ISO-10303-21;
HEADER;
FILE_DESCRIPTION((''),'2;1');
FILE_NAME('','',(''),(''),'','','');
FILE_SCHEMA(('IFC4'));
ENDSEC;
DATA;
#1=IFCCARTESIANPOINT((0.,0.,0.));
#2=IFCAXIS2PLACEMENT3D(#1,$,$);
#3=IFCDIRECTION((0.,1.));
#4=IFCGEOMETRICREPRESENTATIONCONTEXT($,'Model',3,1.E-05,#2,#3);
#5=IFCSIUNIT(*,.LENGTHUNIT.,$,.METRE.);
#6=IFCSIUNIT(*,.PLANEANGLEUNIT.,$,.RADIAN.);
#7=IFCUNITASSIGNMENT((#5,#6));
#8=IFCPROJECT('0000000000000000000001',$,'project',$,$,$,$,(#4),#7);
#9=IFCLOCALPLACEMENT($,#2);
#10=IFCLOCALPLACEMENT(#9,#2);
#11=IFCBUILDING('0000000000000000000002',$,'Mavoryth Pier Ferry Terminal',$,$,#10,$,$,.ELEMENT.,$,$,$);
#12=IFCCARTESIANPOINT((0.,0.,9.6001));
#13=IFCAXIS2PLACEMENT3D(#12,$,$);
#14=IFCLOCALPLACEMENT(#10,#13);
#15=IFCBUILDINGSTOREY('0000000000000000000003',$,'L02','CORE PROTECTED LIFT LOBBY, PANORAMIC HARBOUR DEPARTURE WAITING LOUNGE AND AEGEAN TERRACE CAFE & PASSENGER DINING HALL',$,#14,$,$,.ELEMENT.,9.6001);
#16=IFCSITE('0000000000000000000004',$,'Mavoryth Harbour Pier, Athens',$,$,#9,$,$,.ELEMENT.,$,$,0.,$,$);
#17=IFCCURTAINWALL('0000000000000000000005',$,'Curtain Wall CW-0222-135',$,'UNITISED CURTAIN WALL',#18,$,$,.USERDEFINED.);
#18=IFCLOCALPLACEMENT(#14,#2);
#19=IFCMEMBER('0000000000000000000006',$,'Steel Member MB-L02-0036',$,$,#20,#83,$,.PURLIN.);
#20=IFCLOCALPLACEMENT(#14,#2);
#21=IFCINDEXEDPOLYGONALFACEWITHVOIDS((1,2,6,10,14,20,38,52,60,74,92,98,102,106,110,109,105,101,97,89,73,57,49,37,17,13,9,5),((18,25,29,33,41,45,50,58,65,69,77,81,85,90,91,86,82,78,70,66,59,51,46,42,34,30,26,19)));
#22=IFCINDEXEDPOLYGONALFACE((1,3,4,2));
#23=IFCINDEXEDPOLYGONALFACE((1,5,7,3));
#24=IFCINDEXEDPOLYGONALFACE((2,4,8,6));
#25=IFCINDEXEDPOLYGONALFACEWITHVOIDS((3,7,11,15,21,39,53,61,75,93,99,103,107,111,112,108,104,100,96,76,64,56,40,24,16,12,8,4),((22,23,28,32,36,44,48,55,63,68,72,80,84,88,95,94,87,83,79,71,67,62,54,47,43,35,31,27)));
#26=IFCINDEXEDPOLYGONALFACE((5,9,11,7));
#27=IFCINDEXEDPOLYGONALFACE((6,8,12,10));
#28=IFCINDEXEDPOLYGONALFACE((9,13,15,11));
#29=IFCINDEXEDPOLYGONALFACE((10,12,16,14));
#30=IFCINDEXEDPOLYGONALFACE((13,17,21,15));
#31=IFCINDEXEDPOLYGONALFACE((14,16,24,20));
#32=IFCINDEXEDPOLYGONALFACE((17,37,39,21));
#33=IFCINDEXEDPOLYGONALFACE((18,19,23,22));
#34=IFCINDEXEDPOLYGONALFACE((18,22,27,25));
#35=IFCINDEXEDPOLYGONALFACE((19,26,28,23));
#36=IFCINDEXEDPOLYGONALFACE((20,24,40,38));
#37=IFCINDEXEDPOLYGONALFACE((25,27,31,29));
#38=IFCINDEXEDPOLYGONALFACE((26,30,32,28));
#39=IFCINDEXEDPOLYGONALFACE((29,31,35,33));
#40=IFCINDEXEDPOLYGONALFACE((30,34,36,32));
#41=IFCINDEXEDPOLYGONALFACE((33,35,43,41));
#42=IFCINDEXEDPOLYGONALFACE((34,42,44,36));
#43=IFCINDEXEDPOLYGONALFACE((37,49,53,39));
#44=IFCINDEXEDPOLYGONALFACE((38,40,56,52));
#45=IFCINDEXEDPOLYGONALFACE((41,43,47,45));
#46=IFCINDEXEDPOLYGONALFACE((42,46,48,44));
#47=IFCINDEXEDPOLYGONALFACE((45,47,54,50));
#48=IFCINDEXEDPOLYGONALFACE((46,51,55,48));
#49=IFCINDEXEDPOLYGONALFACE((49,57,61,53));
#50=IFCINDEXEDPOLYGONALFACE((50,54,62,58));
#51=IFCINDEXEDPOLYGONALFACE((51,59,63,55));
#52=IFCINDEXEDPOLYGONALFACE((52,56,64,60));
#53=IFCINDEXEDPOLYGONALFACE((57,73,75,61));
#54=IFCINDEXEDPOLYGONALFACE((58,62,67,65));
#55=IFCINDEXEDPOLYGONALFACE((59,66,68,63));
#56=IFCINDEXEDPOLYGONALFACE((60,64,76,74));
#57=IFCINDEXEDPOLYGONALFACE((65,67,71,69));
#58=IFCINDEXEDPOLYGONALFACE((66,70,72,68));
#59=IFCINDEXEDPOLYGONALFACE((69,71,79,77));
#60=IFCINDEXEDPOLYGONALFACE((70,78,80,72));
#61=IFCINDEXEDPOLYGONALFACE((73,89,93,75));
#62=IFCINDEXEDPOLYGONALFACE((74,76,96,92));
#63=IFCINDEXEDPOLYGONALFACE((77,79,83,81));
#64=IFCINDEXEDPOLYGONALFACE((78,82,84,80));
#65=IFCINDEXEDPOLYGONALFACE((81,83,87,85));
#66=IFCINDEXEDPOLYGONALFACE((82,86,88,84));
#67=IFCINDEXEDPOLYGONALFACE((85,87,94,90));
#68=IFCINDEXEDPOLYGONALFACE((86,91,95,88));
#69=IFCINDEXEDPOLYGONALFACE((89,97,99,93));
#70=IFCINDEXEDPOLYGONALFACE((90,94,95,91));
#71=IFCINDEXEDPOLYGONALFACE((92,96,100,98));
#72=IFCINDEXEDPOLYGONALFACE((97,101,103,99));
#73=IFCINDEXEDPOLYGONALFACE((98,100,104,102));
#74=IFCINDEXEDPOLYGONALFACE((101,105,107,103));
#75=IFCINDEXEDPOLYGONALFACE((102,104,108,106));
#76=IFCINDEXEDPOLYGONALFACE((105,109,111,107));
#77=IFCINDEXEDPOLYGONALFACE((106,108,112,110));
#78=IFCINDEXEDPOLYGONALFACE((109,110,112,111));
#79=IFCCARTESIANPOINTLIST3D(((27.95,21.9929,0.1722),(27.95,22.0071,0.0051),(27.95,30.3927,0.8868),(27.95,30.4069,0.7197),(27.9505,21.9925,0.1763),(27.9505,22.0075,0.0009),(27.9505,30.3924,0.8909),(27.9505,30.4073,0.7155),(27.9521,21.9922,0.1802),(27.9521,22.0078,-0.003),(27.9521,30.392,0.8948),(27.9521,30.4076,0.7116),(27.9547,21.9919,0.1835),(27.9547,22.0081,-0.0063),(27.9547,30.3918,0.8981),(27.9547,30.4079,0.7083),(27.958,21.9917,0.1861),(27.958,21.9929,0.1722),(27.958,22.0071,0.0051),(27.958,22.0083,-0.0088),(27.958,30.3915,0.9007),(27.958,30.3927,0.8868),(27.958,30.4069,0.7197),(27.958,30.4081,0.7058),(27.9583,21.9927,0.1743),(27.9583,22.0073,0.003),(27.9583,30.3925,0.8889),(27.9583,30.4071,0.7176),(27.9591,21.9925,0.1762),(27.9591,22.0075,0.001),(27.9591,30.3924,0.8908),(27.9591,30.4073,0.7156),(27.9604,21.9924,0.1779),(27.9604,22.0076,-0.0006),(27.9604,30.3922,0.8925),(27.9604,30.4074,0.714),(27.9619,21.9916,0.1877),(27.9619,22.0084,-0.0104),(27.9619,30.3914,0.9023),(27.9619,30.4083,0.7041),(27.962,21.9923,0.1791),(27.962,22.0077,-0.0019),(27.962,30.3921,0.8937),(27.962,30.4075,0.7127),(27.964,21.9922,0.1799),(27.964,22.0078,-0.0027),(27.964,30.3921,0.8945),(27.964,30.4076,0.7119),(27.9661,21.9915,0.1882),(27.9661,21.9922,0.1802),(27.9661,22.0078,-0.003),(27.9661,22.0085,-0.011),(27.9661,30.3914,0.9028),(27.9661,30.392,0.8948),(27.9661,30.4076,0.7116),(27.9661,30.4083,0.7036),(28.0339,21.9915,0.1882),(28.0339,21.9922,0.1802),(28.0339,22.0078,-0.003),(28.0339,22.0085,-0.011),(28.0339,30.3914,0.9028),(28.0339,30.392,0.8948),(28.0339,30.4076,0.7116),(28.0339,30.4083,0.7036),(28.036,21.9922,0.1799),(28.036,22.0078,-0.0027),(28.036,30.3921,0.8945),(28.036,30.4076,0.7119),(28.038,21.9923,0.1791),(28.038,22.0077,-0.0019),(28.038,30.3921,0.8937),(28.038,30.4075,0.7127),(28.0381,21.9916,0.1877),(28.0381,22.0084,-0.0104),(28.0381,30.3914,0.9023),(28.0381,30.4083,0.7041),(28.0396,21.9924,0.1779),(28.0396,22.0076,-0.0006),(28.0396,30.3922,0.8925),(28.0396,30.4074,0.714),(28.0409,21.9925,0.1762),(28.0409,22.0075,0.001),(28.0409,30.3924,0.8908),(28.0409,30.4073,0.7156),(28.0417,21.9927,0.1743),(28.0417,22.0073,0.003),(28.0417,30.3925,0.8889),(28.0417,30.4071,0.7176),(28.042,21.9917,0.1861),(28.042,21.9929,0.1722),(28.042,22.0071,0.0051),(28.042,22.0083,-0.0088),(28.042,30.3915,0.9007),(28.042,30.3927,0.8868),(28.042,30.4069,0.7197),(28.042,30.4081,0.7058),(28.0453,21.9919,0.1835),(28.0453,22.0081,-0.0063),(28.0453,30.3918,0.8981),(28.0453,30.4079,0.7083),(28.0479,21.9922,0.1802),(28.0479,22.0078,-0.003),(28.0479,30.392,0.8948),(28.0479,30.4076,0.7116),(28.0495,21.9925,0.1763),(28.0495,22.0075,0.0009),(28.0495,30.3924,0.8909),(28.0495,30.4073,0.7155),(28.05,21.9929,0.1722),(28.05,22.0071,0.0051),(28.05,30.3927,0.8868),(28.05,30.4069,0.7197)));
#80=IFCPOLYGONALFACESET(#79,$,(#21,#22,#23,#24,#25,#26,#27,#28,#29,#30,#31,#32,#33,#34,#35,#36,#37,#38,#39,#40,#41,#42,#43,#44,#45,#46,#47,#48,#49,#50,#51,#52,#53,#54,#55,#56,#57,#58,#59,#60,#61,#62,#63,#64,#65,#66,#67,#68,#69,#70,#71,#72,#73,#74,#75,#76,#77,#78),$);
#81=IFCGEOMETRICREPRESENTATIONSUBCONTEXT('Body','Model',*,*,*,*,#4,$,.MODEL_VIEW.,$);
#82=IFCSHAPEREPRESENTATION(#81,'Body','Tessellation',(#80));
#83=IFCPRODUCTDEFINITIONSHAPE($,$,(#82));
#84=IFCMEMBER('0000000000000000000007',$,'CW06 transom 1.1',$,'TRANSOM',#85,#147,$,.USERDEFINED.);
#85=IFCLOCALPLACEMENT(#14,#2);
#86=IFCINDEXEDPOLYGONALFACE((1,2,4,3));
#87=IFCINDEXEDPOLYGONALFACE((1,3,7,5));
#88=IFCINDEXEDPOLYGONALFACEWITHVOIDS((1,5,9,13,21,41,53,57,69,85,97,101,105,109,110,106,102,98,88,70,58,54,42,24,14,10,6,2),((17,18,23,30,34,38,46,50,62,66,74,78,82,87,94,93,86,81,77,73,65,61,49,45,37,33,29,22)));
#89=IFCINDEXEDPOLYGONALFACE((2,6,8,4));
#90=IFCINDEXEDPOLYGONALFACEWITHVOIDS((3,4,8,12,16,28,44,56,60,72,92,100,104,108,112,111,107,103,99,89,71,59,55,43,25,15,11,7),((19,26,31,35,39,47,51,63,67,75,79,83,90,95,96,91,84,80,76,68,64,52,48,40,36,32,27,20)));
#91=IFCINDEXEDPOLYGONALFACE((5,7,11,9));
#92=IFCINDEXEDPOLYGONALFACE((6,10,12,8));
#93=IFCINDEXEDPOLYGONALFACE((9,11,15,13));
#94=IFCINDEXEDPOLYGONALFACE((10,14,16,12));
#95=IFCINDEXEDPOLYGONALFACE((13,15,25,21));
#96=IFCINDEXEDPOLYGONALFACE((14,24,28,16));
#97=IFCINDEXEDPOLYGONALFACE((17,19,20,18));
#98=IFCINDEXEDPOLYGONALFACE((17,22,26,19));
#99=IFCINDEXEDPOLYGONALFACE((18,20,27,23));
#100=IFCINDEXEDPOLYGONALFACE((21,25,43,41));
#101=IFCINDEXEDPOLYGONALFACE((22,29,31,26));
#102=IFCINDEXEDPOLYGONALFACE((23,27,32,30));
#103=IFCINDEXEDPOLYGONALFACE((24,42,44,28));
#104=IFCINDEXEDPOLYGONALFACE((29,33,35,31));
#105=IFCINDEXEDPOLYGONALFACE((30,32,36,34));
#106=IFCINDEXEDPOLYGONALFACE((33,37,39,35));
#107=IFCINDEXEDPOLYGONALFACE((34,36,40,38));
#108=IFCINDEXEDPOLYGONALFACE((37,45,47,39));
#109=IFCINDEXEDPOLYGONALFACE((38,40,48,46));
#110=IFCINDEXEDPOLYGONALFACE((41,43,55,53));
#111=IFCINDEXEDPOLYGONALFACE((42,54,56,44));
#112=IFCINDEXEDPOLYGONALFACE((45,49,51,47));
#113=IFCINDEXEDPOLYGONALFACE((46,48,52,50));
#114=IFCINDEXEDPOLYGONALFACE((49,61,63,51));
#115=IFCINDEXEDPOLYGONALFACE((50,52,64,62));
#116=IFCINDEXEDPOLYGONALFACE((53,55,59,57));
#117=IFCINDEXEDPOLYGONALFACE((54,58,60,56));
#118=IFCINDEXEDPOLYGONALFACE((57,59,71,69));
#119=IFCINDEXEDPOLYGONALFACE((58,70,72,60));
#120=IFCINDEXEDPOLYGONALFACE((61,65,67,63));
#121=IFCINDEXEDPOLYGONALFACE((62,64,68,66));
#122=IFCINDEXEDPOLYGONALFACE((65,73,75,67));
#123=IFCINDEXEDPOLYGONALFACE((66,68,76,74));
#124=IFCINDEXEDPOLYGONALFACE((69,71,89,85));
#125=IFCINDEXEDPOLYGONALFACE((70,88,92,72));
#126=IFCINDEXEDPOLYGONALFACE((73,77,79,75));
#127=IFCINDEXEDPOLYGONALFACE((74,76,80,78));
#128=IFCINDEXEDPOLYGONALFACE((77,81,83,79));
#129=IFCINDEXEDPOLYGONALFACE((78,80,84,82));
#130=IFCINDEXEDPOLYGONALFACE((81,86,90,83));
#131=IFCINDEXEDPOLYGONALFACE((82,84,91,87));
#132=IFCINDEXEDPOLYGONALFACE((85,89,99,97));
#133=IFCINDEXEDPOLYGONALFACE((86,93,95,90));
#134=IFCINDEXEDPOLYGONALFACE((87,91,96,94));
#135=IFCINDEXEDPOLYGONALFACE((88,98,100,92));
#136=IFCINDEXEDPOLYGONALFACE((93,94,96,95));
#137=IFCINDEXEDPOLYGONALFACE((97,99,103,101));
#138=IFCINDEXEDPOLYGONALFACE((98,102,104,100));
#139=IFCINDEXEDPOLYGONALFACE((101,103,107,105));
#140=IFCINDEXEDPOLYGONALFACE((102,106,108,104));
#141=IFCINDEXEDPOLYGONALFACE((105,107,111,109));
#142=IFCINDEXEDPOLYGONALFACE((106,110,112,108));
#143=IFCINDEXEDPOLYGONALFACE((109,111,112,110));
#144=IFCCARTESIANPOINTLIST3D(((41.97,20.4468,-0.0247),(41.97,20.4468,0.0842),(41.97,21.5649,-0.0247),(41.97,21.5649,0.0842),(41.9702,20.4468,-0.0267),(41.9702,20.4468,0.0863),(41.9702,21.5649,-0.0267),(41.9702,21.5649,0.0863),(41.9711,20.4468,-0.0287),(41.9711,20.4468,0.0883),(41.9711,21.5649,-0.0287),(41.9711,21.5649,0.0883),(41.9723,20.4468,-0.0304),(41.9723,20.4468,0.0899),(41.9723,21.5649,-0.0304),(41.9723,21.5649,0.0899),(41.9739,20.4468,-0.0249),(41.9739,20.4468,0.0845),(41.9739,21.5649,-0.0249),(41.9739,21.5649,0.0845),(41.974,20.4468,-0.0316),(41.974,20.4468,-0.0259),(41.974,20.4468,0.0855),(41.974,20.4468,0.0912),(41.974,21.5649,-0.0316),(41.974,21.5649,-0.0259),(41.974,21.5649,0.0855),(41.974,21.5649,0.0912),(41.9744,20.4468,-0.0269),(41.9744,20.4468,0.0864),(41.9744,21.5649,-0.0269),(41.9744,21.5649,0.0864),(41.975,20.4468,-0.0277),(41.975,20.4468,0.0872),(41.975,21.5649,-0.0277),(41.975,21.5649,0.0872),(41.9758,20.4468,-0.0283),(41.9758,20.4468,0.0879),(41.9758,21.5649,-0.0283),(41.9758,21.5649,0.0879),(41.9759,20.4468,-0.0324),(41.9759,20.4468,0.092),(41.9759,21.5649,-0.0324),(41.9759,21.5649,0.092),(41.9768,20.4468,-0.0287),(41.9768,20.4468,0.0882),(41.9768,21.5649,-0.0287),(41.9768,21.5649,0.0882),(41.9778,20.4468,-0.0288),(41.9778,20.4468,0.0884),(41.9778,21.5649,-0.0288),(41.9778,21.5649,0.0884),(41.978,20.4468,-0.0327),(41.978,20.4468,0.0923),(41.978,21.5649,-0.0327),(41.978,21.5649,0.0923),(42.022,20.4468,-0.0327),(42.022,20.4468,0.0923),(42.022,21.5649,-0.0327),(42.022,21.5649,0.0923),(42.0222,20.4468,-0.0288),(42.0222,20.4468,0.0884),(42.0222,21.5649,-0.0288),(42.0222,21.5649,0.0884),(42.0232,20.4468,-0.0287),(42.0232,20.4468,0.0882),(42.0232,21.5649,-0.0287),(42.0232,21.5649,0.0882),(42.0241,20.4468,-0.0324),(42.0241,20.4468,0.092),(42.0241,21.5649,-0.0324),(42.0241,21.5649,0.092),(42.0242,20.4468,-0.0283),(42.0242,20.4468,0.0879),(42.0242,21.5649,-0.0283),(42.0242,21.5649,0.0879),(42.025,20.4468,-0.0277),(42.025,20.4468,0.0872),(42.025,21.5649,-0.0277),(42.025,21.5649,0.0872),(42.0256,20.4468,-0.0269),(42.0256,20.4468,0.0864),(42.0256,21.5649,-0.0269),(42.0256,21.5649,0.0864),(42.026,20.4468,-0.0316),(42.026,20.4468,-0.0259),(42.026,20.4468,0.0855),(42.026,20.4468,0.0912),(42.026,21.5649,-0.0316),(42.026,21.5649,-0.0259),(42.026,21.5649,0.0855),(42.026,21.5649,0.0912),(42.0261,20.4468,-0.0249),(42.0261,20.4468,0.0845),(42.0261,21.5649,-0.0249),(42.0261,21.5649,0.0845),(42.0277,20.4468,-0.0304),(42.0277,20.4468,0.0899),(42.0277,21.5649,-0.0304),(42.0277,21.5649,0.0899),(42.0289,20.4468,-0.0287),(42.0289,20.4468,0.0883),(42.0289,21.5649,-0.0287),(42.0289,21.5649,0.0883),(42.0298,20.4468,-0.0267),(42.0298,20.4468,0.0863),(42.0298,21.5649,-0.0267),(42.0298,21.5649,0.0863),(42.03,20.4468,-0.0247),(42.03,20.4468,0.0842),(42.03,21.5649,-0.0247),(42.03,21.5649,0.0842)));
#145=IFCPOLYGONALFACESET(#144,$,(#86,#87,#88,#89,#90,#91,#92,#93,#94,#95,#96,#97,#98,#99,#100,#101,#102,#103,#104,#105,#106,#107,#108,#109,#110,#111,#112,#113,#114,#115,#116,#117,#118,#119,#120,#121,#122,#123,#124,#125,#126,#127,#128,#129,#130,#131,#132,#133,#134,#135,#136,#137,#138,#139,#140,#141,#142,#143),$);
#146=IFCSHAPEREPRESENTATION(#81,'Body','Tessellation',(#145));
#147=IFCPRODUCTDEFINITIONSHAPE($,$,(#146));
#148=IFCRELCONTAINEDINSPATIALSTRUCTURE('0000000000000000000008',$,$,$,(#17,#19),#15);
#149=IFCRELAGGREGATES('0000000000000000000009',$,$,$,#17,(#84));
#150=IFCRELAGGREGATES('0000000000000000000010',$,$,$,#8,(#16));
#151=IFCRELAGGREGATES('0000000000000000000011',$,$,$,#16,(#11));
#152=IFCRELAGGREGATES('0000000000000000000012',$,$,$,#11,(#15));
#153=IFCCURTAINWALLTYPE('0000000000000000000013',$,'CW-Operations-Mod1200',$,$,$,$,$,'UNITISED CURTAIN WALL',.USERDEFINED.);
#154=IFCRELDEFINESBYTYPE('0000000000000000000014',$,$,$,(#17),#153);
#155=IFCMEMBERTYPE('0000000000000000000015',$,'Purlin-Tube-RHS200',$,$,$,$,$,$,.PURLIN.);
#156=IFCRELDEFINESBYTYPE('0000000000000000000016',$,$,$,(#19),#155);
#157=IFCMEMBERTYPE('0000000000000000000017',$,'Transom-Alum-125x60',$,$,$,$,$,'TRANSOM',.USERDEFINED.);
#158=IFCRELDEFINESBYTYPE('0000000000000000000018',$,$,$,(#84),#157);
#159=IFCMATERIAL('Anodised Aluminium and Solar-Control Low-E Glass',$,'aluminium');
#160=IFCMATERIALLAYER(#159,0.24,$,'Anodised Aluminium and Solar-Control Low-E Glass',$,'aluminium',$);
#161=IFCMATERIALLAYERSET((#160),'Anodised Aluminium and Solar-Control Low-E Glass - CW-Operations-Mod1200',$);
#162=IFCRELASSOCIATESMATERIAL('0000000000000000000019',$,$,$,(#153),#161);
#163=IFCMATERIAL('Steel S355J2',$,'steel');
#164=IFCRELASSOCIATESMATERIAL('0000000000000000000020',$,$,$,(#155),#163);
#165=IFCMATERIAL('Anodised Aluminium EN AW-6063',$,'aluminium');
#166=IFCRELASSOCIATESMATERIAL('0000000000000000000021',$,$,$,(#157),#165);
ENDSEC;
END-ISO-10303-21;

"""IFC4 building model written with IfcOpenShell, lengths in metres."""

from ifc_helpers import new_model, si_unit, direction, frame, origin, origin_2d, place, context, subcontext, project, spatial, hollow_rectangle, extrude, material, layer, layer_set, material_profile, profile_set, type_object, element, aggregate, save


model = new_model("IFC4")

# Units and contexts
model_context = context("Model", 3, precision=1e-05, world=origin(), true_north=direction((0.0, 1.0)))
body_context = subcontext(model_context, "Body", "Model", "MODEL_VIEW")
ifc_project = project(units=[si_unit("LENGTHUNIT", "METRE"), si_unit("PLANEANGLEUNIT", "RADIAN")], contexts=[model_context])

# Site, building, storey
site_placement = place(None, origin())
site = spatial("IfcSite", under=ifc_project, at=site_placement, Name="Mavoryth Harbour Pier, Athens", CompositionType="ELEMENT", RefElevation=0.0)
building_placement = place(site_placement, origin())
building = spatial("IfcBuilding", under=site, at=building_placement, Name="Mavoryth Pier Ferry Terminal", CompositionType="ELEMENT")
storey_placement = place(building_placement, frame((0.0, 0.0, 9.6001)))
storey = spatial("IfcBuildingStorey", under=building, at=storey_placement, Name="L02", Description="CORE PROTECTED LIFT LOBBY, PANORAMIC HARBOUR DEPARTURE WAITING LOUNGE AND AEGEAN TERRACE CAFE & PASSENGER DINING HALL", CompositionType="ELEMENT", Elevation=9.6001)

# Curtain wall
ifc_material_1 = material(Name="Anodised Aluminium and Solar-Control Low-E Glass", Category="aluminium")
ifc_layer_1 = layer(ifc_material_1, 0.24, Name="Anodised Aluminium and Solar-Control Low-E Glass", Category="aluminium")
ifc_layer_set_1 = layer_set([ifc_layer_1], Name="Anodised Aluminium and Solar-Control Low-E Glass - CW-Operations-Mod1200")
curtain_wall_type = type_object("IfcCurtainWallType", Name="CW-Operations-Mod1200", ElementType="UNITISED CURTAIN WALL", PredefinedType="USERDEFINED", material=ifc_layer_set_1)
curtain_wall_placement = place(storey_placement, origin())
curtain_wall = element("IfcCurtainWall", 1, at=curtain_wall_placement, inside=storey, type_object=curtain_wall_type, Name="Curtain Wall CW-0222-135", ObjectType="UNITISED CURTAIN WALL", PredefinedType="USERDEFINED")
ifc_material_2 = material(Name="Anodised Aluminium EN AW-6063", Category="aluminium")

# Members
ifc_material_3 = material(Name="Steel S355J2", Category="steel")
ifc_material_profile_1 = material_profile(ifc_material_3, hollow_rectangle(XDim=0.1001, YDim=0.2, WallThickness=0.0081, InnerFilletRadius=0.0081, OuterFilletRadius=0.0161, at=origin_2d()), Name="RHS 200x100x8.0", Category="steel")
ifc_profile_set_1 = profile_set([ifc_material_profile_1], Name="Steel S355J2 - RHS 200x100x8.0")
member_type_1 = type_object("IfcMemberType", Name="Purlin-Tube-RHS200", PredefinedType="PURLIN", material=ifc_profile_set_1)
member_1_placement = place(storey_placement, frame((28.0, 22.0, 0.0886), z_axis=(0.0, 0.996401, 0.084766), x_axis=(-1.0, 0.0, 0.0)))
element("IfcMember", 2, at=member_1_placement, inside=storey, type_object=member_type_1, Name="Steel Member MB-L02-0036", PredefinedType="PURLIN", context=body_context, shape_type="SweptSolid", body=[
    extrude(hollow_rectangle(XDim=0.1001, YDim=0.2, WallThickness=0.0081, InnerFilletRadius=0.0081, OuterFilletRadius=0.0161, at=origin_2d()), origin(), (0.0, 0.0, 1.0), 8.4302),
])
ifc_material_profile_2 = material_profile(ifc_material_2, hollow_rectangle(XDim=0.0601, YDim=0.125, WallThickness=0.0039, InnerFilletRadius=0.0039, OuterFilletRadius=0.0081, at=origin_2d()), Name="AL-TRAN 125x60x4", Category="aluminium")
ifc_profile_set_2 = profile_set([ifc_material_profile_2], Name="Anodised Aluminium EN AW-6063 - AL-TRAN 125x60x4")
member_type_2 = type_object("IfcMemberType", Name="Transom-Alum-125x60", ElementType="TRANSOM", PredefinedType="USERDEFINED", material=ifc_profile_set_2)
member_2_placement = place(storey_placement, frame((42.0, 21.5649, 0.0298), z_axis=(0.0, -1.0, 0.0), x_axis=(1.0, 0.0, 0.0)))
member_2 = element("IfcMember", 3, at=member_2_placement, type_object=member_type_2, Name="CW06 transom 1.1", ObjectType="TRANSOM", PredefinedType="USERDEFINED", context=body_context, shape_type="SweptSolid", body=[
    extrude(hollow_rectangle(XDim=0.0601, YDim=0.125, WallThickness=0.0039, InnerFilletRadius=0.0039, OuterFilletRadius=0.0081, at=origin_2d()), origin(), (0.0, 0.0, 1.0), 1.1182),
])

aggregate(curtain_wall, [member_2])

save(model, "model.ifc")
